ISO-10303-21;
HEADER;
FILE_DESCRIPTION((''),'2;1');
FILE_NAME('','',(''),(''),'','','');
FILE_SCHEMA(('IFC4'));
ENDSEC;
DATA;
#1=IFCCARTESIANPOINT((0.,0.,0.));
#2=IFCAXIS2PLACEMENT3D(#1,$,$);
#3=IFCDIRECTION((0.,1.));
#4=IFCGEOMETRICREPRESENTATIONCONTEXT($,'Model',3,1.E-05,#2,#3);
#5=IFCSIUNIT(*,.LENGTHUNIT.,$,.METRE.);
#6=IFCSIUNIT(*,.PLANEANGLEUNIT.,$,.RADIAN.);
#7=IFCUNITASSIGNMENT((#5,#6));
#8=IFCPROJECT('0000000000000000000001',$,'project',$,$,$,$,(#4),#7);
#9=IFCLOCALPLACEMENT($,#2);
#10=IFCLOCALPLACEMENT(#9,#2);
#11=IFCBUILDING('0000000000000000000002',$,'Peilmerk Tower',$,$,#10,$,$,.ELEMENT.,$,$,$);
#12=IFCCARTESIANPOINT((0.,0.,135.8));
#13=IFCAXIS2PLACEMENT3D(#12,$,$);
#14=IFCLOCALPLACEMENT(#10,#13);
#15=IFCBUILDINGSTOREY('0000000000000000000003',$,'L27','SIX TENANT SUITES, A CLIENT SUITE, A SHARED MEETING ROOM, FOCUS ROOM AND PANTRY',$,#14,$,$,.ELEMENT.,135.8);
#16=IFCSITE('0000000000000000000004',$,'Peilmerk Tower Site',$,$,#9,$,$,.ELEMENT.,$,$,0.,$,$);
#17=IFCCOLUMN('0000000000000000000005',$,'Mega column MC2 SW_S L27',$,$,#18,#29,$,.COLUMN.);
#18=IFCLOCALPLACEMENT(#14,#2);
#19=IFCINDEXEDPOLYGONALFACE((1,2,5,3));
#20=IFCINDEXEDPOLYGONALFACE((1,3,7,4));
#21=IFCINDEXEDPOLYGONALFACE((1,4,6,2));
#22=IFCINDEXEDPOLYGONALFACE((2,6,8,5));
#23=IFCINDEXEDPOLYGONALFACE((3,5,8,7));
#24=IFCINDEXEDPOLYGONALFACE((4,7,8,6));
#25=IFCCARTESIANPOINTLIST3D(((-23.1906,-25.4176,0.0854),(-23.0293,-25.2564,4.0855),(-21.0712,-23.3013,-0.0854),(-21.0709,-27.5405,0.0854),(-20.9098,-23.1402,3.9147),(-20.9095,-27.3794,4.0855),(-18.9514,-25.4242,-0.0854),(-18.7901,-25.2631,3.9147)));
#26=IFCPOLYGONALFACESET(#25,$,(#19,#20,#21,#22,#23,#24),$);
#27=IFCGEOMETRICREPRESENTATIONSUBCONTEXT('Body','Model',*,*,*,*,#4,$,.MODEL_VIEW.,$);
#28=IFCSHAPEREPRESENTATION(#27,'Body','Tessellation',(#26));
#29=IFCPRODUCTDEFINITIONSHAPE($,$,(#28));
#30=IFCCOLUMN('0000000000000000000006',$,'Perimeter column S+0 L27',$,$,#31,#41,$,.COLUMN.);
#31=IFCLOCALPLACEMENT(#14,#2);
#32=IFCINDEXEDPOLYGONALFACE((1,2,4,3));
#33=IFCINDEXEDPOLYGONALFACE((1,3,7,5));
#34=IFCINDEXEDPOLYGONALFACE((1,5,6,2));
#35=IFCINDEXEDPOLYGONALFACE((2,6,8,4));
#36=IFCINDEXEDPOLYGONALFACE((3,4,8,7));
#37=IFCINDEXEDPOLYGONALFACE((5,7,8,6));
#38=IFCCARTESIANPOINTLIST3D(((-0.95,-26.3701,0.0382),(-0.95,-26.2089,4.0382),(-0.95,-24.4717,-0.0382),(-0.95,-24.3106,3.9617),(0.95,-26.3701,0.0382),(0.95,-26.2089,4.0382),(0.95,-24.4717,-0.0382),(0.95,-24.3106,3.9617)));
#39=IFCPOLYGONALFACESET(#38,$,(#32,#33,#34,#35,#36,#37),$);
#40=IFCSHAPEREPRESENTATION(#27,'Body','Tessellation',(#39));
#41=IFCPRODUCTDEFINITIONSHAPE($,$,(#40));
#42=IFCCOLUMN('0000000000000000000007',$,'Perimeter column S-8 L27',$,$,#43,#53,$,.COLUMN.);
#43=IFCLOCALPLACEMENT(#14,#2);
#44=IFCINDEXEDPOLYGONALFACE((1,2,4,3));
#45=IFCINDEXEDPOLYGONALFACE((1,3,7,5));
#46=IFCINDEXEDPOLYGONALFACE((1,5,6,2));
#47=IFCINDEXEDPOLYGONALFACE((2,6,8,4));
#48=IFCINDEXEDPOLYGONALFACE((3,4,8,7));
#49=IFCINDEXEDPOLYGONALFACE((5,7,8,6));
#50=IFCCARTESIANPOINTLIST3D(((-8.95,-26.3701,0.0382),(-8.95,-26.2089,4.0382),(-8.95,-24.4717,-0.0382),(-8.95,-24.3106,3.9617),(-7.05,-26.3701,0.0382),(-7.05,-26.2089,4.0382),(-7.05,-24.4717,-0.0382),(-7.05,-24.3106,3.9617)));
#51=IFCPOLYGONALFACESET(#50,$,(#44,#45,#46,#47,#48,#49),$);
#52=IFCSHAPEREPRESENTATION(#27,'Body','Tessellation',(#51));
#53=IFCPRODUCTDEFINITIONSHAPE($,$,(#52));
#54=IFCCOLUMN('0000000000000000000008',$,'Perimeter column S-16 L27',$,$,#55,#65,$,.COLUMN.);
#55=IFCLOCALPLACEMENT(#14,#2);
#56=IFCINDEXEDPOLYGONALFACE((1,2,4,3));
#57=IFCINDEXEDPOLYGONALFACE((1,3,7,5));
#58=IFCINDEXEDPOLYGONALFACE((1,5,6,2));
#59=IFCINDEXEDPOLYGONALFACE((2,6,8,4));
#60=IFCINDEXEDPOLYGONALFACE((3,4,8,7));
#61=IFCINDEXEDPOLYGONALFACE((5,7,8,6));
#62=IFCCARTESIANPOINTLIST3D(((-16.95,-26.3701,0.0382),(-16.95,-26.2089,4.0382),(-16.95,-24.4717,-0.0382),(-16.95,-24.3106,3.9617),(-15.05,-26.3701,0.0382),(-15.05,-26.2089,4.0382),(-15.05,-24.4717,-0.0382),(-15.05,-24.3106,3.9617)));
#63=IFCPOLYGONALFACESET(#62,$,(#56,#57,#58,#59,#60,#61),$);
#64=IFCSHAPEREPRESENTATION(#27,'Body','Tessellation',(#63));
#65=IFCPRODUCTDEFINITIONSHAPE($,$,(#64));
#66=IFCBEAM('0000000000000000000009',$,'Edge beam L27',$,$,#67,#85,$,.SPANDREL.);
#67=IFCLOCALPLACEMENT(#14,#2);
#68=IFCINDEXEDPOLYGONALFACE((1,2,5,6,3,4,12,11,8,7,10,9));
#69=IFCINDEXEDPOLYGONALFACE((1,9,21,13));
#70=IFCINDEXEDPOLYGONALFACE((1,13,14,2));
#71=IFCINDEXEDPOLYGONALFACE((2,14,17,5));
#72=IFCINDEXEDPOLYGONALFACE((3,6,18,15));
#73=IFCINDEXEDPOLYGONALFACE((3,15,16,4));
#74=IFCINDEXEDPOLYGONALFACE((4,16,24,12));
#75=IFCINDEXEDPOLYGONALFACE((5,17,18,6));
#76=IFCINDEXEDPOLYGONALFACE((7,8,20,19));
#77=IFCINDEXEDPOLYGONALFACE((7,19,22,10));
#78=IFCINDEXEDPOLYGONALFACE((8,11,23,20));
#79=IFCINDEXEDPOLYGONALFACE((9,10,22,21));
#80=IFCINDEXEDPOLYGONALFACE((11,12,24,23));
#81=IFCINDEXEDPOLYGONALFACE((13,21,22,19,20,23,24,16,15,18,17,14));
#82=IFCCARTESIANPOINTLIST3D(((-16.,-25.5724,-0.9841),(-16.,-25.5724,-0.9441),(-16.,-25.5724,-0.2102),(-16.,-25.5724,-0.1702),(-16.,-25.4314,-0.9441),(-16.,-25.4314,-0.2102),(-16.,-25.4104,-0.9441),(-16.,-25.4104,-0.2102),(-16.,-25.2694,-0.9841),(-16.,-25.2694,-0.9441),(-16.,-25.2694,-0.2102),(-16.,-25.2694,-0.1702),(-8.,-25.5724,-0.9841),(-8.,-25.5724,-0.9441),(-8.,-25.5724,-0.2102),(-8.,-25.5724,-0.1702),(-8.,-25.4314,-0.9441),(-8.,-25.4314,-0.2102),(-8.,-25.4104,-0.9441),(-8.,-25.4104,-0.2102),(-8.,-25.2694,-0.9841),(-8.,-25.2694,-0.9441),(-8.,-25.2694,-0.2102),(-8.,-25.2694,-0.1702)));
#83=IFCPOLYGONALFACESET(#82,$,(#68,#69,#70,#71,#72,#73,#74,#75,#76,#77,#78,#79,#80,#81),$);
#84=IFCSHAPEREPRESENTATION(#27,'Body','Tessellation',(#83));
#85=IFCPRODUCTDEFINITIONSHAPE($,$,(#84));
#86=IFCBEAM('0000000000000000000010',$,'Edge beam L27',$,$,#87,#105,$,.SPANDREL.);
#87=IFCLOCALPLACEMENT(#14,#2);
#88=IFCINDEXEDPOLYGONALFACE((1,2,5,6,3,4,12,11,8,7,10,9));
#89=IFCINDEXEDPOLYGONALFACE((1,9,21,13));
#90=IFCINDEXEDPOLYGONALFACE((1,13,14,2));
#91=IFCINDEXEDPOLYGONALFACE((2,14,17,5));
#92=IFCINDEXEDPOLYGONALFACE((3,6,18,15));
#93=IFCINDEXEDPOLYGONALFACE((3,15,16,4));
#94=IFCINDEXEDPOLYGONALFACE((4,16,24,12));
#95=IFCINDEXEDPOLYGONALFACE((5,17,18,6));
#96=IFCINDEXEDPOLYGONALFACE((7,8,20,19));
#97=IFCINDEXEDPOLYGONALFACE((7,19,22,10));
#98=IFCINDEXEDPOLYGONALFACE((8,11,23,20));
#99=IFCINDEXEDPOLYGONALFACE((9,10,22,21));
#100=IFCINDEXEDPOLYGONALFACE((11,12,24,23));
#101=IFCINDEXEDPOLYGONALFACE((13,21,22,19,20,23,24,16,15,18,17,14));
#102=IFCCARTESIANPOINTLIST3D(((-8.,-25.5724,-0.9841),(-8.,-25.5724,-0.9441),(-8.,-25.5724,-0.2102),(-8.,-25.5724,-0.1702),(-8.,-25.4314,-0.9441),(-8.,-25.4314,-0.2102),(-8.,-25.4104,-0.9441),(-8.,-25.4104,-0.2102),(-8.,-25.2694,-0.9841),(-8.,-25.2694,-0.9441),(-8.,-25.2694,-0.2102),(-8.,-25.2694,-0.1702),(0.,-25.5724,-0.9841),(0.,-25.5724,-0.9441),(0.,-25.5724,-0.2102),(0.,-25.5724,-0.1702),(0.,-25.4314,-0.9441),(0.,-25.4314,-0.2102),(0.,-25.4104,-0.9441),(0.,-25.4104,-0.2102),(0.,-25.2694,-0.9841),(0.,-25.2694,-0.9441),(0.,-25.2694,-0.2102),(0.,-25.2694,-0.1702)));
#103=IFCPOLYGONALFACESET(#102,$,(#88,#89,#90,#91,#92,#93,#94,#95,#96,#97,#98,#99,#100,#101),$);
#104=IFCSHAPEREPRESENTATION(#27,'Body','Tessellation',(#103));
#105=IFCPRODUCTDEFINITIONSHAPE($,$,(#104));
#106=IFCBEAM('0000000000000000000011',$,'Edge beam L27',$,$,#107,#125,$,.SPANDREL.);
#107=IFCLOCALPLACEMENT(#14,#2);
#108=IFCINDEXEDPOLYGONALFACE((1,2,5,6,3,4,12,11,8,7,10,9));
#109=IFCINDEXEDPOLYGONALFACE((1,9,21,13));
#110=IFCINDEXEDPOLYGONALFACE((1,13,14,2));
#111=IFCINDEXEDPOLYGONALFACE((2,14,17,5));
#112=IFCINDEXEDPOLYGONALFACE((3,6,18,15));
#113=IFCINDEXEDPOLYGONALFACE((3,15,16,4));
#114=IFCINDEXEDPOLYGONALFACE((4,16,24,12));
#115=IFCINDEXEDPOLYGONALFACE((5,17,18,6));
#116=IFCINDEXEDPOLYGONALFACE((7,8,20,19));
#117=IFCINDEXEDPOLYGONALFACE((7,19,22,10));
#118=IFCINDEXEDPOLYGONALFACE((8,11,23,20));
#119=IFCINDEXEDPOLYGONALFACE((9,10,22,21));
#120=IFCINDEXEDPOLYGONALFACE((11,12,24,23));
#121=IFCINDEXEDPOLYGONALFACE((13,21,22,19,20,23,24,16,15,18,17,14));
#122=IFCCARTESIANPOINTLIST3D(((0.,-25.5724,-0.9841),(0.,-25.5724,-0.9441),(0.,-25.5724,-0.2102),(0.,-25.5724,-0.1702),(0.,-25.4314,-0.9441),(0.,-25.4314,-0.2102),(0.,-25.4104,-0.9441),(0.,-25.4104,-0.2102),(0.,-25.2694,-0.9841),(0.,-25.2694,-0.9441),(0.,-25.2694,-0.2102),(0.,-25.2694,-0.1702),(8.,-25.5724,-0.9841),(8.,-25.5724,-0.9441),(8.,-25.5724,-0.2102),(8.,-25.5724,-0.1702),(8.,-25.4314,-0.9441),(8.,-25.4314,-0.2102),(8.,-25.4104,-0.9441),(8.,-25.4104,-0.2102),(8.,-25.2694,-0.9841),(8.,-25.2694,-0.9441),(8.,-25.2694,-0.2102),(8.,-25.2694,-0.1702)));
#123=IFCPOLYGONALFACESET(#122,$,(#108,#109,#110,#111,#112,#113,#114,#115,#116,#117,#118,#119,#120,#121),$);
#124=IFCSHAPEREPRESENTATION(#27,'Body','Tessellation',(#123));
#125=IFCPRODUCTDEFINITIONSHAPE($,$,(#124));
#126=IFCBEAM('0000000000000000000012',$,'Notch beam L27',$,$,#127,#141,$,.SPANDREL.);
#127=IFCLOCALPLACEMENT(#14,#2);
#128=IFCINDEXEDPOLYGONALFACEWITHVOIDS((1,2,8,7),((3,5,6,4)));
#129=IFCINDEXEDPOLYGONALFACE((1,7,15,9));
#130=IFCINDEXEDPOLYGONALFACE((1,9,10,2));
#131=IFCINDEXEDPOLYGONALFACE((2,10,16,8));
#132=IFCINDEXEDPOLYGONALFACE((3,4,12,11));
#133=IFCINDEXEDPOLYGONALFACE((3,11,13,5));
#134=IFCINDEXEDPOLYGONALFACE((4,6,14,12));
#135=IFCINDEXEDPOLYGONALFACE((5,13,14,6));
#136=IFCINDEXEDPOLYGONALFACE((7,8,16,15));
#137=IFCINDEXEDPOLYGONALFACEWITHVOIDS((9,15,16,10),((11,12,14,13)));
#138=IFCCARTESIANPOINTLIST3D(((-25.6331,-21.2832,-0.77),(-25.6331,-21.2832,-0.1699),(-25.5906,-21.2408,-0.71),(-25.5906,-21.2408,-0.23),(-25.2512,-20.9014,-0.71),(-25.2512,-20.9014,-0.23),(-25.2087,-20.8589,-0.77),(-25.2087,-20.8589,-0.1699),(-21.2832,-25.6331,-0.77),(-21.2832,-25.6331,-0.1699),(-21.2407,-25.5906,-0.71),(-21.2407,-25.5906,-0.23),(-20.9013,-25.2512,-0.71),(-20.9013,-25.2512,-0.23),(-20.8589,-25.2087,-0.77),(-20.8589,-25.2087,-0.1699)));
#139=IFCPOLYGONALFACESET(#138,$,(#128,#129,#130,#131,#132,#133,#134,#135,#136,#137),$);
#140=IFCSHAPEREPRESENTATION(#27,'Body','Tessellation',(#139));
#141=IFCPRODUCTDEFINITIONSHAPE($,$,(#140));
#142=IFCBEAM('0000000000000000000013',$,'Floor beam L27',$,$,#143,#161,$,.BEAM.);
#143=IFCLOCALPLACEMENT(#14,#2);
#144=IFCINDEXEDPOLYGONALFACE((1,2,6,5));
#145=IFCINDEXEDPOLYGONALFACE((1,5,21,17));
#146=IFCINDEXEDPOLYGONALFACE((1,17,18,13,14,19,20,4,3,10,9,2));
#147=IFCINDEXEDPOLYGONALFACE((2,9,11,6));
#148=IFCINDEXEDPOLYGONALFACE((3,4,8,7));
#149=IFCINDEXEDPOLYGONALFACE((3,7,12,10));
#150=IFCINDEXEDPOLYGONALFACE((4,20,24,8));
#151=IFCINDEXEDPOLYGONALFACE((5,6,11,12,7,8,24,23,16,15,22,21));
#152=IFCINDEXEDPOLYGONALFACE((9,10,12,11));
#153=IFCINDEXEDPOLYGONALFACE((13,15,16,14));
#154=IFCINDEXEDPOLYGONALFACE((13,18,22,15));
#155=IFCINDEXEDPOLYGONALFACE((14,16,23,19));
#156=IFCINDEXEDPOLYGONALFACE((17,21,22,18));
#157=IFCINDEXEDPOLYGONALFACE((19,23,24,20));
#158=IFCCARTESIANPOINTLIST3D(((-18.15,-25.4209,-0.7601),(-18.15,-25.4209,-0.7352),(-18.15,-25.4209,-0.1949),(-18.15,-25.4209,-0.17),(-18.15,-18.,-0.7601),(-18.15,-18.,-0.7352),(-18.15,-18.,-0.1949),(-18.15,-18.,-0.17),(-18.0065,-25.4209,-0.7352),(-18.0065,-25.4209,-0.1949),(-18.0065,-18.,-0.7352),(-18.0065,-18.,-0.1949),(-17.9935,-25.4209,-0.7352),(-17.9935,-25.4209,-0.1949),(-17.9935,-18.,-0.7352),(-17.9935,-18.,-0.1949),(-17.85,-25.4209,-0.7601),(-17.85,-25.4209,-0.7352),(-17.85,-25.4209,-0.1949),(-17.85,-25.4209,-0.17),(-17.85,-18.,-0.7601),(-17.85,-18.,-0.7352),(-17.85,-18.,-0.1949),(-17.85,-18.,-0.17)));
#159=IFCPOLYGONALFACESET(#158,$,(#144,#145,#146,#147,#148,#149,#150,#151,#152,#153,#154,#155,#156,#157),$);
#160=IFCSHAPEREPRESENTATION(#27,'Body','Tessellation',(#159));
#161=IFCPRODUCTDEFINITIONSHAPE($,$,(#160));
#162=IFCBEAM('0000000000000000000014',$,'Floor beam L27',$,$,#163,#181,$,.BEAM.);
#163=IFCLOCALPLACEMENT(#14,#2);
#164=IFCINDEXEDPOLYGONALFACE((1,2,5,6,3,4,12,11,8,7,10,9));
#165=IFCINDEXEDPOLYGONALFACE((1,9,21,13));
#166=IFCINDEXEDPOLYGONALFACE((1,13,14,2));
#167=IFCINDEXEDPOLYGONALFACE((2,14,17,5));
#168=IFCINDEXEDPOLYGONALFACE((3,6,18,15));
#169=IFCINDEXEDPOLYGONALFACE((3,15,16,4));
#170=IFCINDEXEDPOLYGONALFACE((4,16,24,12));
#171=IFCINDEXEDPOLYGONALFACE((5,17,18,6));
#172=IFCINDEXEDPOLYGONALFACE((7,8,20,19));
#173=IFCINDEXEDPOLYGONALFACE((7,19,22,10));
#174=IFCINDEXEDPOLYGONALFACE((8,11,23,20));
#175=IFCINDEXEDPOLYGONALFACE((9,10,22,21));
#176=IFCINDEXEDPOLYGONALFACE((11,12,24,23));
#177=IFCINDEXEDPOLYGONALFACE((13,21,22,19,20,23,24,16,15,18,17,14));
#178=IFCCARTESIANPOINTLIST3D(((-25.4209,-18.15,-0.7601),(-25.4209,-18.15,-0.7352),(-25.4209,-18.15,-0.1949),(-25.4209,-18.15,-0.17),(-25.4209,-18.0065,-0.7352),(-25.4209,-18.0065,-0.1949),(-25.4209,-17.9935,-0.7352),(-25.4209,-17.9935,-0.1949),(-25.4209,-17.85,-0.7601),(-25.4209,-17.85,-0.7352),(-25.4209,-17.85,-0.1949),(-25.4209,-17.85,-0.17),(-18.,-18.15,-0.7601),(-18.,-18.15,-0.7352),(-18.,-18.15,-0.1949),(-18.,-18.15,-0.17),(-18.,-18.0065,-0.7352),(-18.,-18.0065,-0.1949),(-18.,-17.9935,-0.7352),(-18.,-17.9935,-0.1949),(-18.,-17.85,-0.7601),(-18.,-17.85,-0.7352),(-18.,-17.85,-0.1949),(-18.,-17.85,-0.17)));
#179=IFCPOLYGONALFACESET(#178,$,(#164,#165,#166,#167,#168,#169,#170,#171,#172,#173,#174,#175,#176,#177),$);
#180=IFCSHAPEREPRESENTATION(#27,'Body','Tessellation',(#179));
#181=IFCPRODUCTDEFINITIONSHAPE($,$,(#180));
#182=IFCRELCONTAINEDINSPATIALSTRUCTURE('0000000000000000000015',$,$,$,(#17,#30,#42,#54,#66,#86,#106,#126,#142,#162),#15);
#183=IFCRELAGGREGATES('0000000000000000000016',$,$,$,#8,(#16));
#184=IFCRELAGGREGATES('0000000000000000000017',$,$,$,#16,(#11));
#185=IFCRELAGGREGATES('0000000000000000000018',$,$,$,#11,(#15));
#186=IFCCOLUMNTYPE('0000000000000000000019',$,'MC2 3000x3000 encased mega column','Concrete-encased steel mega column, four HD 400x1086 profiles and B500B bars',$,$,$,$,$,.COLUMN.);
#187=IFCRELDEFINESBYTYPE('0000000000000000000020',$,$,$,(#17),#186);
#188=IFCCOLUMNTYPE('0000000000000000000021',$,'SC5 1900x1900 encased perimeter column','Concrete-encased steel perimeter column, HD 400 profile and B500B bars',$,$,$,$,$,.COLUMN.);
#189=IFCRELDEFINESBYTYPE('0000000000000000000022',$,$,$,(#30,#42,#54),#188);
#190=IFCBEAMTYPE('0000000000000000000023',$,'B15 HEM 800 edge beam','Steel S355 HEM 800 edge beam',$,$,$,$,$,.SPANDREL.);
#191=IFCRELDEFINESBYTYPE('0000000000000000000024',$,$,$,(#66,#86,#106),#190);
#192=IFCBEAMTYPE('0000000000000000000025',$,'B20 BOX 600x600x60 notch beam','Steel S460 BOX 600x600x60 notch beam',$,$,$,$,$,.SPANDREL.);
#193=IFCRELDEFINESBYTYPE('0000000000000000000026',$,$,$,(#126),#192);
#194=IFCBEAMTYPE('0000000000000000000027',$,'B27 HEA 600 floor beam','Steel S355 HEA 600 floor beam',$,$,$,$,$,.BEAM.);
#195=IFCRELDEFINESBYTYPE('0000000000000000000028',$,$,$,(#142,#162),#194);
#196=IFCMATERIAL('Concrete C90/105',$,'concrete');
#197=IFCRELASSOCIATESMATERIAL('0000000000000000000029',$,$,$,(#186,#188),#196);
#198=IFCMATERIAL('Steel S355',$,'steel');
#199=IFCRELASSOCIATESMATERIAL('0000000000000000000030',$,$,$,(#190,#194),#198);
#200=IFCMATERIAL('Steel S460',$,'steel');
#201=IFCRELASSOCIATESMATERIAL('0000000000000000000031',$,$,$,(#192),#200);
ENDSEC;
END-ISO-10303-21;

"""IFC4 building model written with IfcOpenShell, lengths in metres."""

from ifc_helpers import new_model, si_unit, direction, frame, origin, origin_2d, place, context, subcontext, project, spatial, rectangle, hollow_rectangle, i_section, extrude, material, material_profile, profile_set, type_object, element, save


model = new_model("IFC4")

# Units and contexts
model_context = context("Model", 3, precision=1e-05, world=origin(), true_north=direction((0.0, 1.0)))
body_context = subcontext(model_context, "Body", "Model", "MODEL_VIEW")
ifc_project = project(units=[si_unit("LENGTHUNIT", "METRE"), si_unit("PLANEANGLEUNIT", "RADIAN")], contexts=[model_context])

# Site, building, storey
site_placement = place(None, origin())
site = spatial("IfcSite", under=ifc_project, at=site_placement, Name="Peilmerk Tower Site", CompositionType="ELEMENT", RefElevation=0.0)
building_placement = place(site_placement, origin())
building = spatial("IfcBuilding", under=site, at=building_placement, Name="Peilmerk Tower", CompositionType="ELEMENT")
storey_placement = place(building_placement, frame((0.0, 0.0, 135.8)))
storey = spatial("IfcBuildingStorey", under=building, at=storey_placement, Name="L27", Description="SIX TENANT SUITES, A CLIENT SUITE, A SHARED MEETING ROOM, FOCUS ROOM AND PANTRY", CompositionType="ELEMENT", Elevation=135.8)

# Columns
ifc_material_1 = material(Name="Concrete C90/105", Category="concrete")
ifc_material_profile_1 = material_profile(ifc_material_1, rectangle(XDim=3.0, YDim=3.0, at=origin_2d()), Name="RC 3000x3000")
ifc_profile_set_1 = profile_set([ifc_material_profile_1], Name="Concrete C90/105")
column_type_1 = type_object("IfcColumnType", Name="MC2 3000x3000 encased mega column", Description="Concrete-encased steel mega column, four HD 400x1086 profiles and B500B bars", PredefinedType="COLUMN", material=ifc_profile_set_1)
column_placement = place(storey_placement, frame((-21.071, -25.4209, 0.0), z_axis=(0.040279, 0.040218, 0.998379), x_axis=(-0.706571, 0.707642, 0.0)))
element("IfcColumn", 1, at=column_placement, inside=storey, type_object=column_type_1, Name="Mega column MC2 SW_S L27", PredefinedType="COLUMN", context=body_context, shape_type="SweptSolid", body=[
    extrude(rectangle(XDim=3.0, YDim=3.0, at=origin_2d()), origin(), (0.0, 0.0, 1.0), 4.0066),
])
ifc_material_profile_2 = material_profile(ifc_material_1, rectangle(XDim=1.8999, YDim=1.8999, at=origin_2d()), Name="RC 1900x1900")
ifc_profile_set_2 = profile_set([ifc_material_profile_2], Name="Concrete C90/105")
column_type_2 = type_object("IfcColumnType", Name="SC5 1900x1900 encased perimeter column", Description="Concrete-encased steel perimeter column, HD 400 profile and B500B bars", PredefinedType="COLUMN", material=ifc_profile_set_2)
for number, where, z_axis, x_axis, name in (
    (2, (0.0, -25.4209, 0.0), (0.0, 0.040251, 0.99919), (-1.0, 0.0, 0.0), "Perimeter column S+0 L27"),
    (3, (-8.0, -25.4209, 0.0), (0.0, 0.040251, 0.99919), (-1.0, 0.0, 0.0), "Perimeter column S-8 L27"),
    (4, (-16.0, -25.4209, 0.0), (0.0, 0.040251, 0.99919), (-1.0, 0.0, 0.0), "Perimeter column S-16 L27"),
):
    element("IfcColumn", number, at=place(storey_placement, frame(where, z_axis=z_axis, x_axis=x_axis)), inside=storey, type_object=column_type_2, Name=name, PredefinedType="COLUMN", context=body_context, shape_type="SweptSolid", body=[
        extrude(rectangle(XDim=1.8999, YDim=1.8999, at=origin_2d()), origin(), (0.0, 0.0, 1.0), 4.0032),
    ])

# Beams
ifc_material_2 = material(Name="Steel S355", Category="steel")
ifc_material_profile_3 = material_profile(ifc_material_2, i_section(OverallWidth=0.303, OverallDepth=0.814, WebThickness=0.021, FlangeThickness=0.04, at=origin_2d()), Name="HEM 800")
ifc_profile_set_3 = profile_set([ifc_material_profile_3], Name="Steel S355")
beam_type_1 = type_object("IfcBeamType", Name="B15 HEM 800 edge beam", Description="Steel S355 HEM 800 edge beam", PredefinedType="SPANDREL", material=ifc_profile_set_3)
for number, where, z_axis, x_axis, name in (
    (5, (-16.0, -25.4209, -0.5771), (1.0, 0.0, 0.0), (0.0, 1.0, 0.0), "Edge beam L27"),
    (6, (-8.0, -25.4209, -0.5771), (1.0, 0.0, 0.0), (0.0, 1.0, 0.0), "Edge beam L27"),
    (7, (0.0, -25.4209, -0.5771), (1.0, 0.0, 0.0), (0.0, 1.0, 0.0), "Edge beam L27"),
):
    element("IfcBeam", number, at=place(storey_placement, frame(where, z_axis=z_axis, x_axis=x_axis)), inside=storey, type_object=beam_type_1, Name=name, PredefinedType="SPANDREL", context=body_context, shape_type="SweptSolid", body=[
        extrude(i_section(OverallWidth=0.303, OverallDepth=0.814, WebThickness=0.021, FlangeThickness=0.04, at=origin_2d()), origin(), (0.0, 0.0, 1.0), 8.0),
    ])
ifc_material_3 = material(Name="Steel S460", Category="steel")
ifc_material_profile_4 = material_profile(ifc_material_3, hollow_rectangle(XDim=0.6001, YDim=0.6001, WallThickness=0.0601, at=origin_2d()), Name="BOX 600x600x60")
ifc_profile_set_4 = profile_set([ifc_material_profile_4], Name="Steel S460")
beam_type_2 = type_object("IfcBeamType", Name="B20 BOX 600x600x60 notch beam", Description="Steel S460 BOX 600x600x60 notch beam", PredefinedType="SPANDREL", material=ifc_profile_set_4)
beam_1_placement = place(storey_placement, frame((-21.071, -25.4209, -0.47), z_axis=(-0.707107, 0.707107, 0.0), x_axis=(-0.707107, -0.707107, 0.0)))
element("IfcBeam", 8, at=beam_1_placement, inside=storey, type_object=beam_type_2, Name="Notch beam L27", PredefinedType="SPANDREL", context=body_context, shape_type="SweptSolid", body=[
    extrude(hollow_rectangle(XDim=0.6001, YDim=0.6001, WallThickness=0.0601, at=origin_2d()), origin(), (0.0, 0.0, 1.0), 6.1516),
])
ifc_material_profile_5 = material_profile(ifc_material_2, i_section(OverallWidth=0.3, OverallDepth=0.5901, WebThickness=0.0129, FlangeThickness=0.0249, at=origin_2d()), Name="HEA 600")
ifc_profile_set_5 = profile_set([ifc_material_profile_5], Name="Steel S355")
beam_type_3 = type_object("IfcBeamType", Name="B27 HEA 600 floor beam", Description="Steel S355 HEA 600 floor beam", PredefinedType="BEAM", material=ifc_profile_set_5)
for number, where, z_axis, x_axis, name in (
    (9, (-18.0, -18.0, -0.4651), (0.0, -1.0, 0.0), (1.0, 0.0, 0.0), "Floor beam L27"),
    (10, (-18.0, -18.0, -0.4651), (-1.0, 0.0, 0.0), (0.0, -1.0, 0.0), "Floor beam L27"),
):
    element("IfcBeam", number, at=place(storey_placement, frame(where, z_axis=z_axis, x_axis=x_axis)), inside=storey, type_object=beam_type_3, Name=name, PredefinedType="BEAM", context=body_context, shape_type="SweptSolid", body=[
        extrude(i_section(OverallWidth=0.3, OverallDepth=0.5901, WebThickness=0.0129, FlangeThickness=0.0249, at=origin_2d()), origin(), (0.0, 0.0, 1.0), 7.4209),
    ])

save(model, "model.ifc")
